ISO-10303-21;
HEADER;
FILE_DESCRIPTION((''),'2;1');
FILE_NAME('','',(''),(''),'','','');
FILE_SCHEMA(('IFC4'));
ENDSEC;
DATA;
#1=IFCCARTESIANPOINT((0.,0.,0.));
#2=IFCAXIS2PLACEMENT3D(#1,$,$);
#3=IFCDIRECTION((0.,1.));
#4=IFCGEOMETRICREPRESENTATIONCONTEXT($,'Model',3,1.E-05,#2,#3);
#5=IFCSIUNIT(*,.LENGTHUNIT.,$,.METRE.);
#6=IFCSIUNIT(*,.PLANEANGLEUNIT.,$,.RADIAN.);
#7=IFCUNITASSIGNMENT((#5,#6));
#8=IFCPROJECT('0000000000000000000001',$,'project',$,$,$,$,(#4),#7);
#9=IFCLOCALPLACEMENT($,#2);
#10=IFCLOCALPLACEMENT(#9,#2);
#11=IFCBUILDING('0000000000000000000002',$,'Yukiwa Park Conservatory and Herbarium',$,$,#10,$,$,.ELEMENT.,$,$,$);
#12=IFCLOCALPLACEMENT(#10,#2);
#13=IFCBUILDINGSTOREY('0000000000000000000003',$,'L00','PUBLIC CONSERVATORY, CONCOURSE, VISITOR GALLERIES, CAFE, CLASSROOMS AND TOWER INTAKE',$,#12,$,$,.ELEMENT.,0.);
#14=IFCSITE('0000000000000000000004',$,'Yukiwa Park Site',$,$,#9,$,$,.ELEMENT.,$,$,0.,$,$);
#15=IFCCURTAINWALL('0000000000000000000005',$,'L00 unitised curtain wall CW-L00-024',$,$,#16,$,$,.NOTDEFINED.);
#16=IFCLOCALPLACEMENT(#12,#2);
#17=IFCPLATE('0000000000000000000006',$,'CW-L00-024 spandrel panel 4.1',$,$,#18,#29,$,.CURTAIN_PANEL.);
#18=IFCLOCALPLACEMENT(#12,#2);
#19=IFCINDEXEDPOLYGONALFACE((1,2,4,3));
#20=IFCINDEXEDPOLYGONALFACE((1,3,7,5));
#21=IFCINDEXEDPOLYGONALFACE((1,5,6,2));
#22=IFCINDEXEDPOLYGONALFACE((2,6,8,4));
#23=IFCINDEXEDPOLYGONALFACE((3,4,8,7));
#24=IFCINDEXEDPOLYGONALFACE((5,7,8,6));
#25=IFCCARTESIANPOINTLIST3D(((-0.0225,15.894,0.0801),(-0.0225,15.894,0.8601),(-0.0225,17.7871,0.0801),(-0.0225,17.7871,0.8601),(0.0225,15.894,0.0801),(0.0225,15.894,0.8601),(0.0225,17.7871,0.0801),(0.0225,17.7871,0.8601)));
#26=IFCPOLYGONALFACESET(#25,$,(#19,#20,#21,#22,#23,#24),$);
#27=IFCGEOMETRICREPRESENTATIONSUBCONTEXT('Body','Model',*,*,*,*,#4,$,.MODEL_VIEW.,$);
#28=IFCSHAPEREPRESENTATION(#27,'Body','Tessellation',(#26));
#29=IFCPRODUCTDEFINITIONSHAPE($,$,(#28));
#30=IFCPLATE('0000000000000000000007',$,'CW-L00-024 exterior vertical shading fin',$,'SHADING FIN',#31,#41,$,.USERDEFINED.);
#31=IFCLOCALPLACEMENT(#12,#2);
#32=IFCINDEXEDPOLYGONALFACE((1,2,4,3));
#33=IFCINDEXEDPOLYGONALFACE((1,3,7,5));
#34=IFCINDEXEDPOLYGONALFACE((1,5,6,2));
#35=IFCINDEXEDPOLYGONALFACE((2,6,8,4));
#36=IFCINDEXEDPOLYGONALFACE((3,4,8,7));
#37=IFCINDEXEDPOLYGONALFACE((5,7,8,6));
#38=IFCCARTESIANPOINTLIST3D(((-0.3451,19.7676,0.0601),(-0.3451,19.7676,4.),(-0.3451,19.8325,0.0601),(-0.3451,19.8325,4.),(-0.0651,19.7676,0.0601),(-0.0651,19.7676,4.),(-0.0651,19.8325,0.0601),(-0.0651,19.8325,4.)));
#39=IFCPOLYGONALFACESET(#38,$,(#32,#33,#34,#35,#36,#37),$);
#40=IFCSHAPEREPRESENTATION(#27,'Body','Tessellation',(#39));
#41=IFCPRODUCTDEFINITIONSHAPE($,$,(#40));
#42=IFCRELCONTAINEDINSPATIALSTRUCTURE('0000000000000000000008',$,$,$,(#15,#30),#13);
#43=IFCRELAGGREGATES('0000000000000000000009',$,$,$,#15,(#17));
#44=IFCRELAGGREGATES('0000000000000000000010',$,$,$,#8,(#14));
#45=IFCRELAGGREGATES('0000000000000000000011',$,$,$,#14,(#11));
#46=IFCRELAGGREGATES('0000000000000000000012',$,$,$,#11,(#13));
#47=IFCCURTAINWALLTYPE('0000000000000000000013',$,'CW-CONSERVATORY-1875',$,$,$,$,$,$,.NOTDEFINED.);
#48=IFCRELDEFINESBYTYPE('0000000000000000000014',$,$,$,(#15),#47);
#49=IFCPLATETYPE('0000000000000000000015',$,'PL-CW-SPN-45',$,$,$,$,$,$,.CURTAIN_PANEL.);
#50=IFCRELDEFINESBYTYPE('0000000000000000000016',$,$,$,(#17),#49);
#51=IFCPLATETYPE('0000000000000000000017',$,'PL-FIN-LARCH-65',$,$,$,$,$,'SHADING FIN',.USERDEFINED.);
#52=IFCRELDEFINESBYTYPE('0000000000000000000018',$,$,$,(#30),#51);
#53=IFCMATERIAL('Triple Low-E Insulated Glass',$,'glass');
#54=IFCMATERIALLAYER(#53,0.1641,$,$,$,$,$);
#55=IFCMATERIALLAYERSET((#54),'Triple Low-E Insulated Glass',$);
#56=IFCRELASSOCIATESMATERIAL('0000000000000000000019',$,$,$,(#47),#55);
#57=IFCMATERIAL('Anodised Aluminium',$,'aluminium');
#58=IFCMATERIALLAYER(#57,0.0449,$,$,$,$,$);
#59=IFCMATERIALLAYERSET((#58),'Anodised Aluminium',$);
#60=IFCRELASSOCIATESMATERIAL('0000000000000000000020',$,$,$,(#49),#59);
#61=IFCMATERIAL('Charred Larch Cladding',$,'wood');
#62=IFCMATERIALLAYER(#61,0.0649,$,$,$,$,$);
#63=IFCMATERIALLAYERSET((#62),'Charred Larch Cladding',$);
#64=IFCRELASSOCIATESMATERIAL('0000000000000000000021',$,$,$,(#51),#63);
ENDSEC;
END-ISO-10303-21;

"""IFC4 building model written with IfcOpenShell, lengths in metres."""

from ifc_helpers import new_model, si_unit, direction, frame, origin, origin_2d, place, context, subcontext, project, spatial, rectangle, extrude, material, layer, layer_set, type_object, element, aggregate, save


model = new_model("IFC4")

# Units and contexts
model_context = context("Model", 3, precision=1e-05, world=origin(), true_north=direction((0.0, 1.0)))
body_context = subcontext(model_context, "Body", "Model", "MODEL_VIEW")
ifc_project = project(units=[si_unit("LENGTHUNIT", "METRE"), si_unit("PLANEANGLEUNIT", "RADIAN")], contexts=[model_context])

# Site, building, storey
site_placement = place(None, origin())
site = spatial("IfcSite", under=ifc_project, at=site_placement, Name="Yukiwa Park Site", CompositionType="ELEMENT", RefElevation=0.0)
building_placement = place(site_placement, origin())
building = spatial("IfcBuilding", under=site, at=building_placement, Name="Yukiwa Park Conservatory and Herbarium", CompositionType="ELEMENT")
storey_placement = place(building_placement, origin())
storey = spatial("IfcBuildingStorey", under=building, at=storey_placement, Name="L00", Description="PUBLIC CONSERVATORY, CONCOURSE, VISITOR GALLERIES, CAFE, CLASSROOMS AND TOWER INTAKE", CompositionType="ELEMENT", Elevation=0.0)

# Curtain wall, plate
ifc_material_1 = material(Name="Triple Low-E Insulated Glass", Category="glass")
ifc_layer_1 = layer(ifc_material_1, 0.1641)
ifc_layer_set_1 = layer_set([ifc_layer_1], Name="Triple Low-E Insulated Glass")
curtain_wall_type = type_object("IfcCurtainWallType", Name="CW-CONSERVATORY-1875", PredefinedType="NOTDEFINED", material=ifc_layer_set_1)
curtain_wall_placement = place(storey_placement, origin())
curtain_wall = element("IfcCurtainWall", 1, at=curtain_wall_placement, inside=storey, type_object=curtain_wall_type, Name="L00 unitised curtain wall CW-L00-024", PredefinedType="NOTDEFINED")
ifc_material_2 = material(Name="Anodised Aluminium", Category="aluminium")
ifc_layer_2 = layer(ifc_material_2, 0.0449)
ifc_layer_set_2 = layer_set([ifc_layer_2], Name="Anodised Aluminium")
plate_type_1 = type_object("IfcPlateType", Name="PL-CW-SPN-45", PredefinedType="CURTAIN_PANEL", material=ifc_layer_set_2)
plate_1_placement = place(storey_placement, frame((0.0, 16.8406, 0.0801), z_axis=(0.0, 0.0, 1.0), x_axis=(0.0, -1.0, 0.0)))
plate_1 = element("IfcPlate", 2, at=plate_1_placement, type_object=plate_type_1, Name="CW-L00-024 spandrel panel 4.1", PredefinedType="CURTAIN_PANEL", context=body_context, shape_type="SweptSolid", body=[
    extrude(rectangle(XDim=1.8931, YDim=0.0449, at=origin_2d()), origin(), (0.0, 0.0, 1.0), 0.78),
])
aggregate(curtain_wall, [plate_1])

# Plate
ifc_material_3 = material(Name="Charred Larch Cladding", Category="wood")
ifc_layer_3 = layer(ifc_material_3, 0.0649)
ifc_layer_set_3 = layer_set([ifc_layer_3], Name="Charred Larch Cladding")
plate_type_2 = type_object("IfcPlateType", Name="PL-FIN-LARCH-65", ElementType="SHADING FIN", PredefinedType="USERDEFINED", material=ifc_layer_set_3)
plate_2_placement = place(storey_placement, frame((-0.2051, 19.8, 0.0601), z_axis=(0.0, 0.0, 1.0), x_axis=(0.0, -1.0, 0.0)))
element("IfcPlate", 3, at=plate_2_placement, inside=storey, type_object=plate_type_2, Name="CW-L00-024 exterior vertical shading fin", ObjectType="SHADING FIN", PredefinedType="USERDEFINED", context=body_context, shape_type="SweptSolid", body=[
    extrude(rectangle(XDim=0.0649, YDim=0.28, at=origin_2d()), origin(), (0.0, 0.0, 1.0), 3.9399),
])

save(model, "model.ifc")
